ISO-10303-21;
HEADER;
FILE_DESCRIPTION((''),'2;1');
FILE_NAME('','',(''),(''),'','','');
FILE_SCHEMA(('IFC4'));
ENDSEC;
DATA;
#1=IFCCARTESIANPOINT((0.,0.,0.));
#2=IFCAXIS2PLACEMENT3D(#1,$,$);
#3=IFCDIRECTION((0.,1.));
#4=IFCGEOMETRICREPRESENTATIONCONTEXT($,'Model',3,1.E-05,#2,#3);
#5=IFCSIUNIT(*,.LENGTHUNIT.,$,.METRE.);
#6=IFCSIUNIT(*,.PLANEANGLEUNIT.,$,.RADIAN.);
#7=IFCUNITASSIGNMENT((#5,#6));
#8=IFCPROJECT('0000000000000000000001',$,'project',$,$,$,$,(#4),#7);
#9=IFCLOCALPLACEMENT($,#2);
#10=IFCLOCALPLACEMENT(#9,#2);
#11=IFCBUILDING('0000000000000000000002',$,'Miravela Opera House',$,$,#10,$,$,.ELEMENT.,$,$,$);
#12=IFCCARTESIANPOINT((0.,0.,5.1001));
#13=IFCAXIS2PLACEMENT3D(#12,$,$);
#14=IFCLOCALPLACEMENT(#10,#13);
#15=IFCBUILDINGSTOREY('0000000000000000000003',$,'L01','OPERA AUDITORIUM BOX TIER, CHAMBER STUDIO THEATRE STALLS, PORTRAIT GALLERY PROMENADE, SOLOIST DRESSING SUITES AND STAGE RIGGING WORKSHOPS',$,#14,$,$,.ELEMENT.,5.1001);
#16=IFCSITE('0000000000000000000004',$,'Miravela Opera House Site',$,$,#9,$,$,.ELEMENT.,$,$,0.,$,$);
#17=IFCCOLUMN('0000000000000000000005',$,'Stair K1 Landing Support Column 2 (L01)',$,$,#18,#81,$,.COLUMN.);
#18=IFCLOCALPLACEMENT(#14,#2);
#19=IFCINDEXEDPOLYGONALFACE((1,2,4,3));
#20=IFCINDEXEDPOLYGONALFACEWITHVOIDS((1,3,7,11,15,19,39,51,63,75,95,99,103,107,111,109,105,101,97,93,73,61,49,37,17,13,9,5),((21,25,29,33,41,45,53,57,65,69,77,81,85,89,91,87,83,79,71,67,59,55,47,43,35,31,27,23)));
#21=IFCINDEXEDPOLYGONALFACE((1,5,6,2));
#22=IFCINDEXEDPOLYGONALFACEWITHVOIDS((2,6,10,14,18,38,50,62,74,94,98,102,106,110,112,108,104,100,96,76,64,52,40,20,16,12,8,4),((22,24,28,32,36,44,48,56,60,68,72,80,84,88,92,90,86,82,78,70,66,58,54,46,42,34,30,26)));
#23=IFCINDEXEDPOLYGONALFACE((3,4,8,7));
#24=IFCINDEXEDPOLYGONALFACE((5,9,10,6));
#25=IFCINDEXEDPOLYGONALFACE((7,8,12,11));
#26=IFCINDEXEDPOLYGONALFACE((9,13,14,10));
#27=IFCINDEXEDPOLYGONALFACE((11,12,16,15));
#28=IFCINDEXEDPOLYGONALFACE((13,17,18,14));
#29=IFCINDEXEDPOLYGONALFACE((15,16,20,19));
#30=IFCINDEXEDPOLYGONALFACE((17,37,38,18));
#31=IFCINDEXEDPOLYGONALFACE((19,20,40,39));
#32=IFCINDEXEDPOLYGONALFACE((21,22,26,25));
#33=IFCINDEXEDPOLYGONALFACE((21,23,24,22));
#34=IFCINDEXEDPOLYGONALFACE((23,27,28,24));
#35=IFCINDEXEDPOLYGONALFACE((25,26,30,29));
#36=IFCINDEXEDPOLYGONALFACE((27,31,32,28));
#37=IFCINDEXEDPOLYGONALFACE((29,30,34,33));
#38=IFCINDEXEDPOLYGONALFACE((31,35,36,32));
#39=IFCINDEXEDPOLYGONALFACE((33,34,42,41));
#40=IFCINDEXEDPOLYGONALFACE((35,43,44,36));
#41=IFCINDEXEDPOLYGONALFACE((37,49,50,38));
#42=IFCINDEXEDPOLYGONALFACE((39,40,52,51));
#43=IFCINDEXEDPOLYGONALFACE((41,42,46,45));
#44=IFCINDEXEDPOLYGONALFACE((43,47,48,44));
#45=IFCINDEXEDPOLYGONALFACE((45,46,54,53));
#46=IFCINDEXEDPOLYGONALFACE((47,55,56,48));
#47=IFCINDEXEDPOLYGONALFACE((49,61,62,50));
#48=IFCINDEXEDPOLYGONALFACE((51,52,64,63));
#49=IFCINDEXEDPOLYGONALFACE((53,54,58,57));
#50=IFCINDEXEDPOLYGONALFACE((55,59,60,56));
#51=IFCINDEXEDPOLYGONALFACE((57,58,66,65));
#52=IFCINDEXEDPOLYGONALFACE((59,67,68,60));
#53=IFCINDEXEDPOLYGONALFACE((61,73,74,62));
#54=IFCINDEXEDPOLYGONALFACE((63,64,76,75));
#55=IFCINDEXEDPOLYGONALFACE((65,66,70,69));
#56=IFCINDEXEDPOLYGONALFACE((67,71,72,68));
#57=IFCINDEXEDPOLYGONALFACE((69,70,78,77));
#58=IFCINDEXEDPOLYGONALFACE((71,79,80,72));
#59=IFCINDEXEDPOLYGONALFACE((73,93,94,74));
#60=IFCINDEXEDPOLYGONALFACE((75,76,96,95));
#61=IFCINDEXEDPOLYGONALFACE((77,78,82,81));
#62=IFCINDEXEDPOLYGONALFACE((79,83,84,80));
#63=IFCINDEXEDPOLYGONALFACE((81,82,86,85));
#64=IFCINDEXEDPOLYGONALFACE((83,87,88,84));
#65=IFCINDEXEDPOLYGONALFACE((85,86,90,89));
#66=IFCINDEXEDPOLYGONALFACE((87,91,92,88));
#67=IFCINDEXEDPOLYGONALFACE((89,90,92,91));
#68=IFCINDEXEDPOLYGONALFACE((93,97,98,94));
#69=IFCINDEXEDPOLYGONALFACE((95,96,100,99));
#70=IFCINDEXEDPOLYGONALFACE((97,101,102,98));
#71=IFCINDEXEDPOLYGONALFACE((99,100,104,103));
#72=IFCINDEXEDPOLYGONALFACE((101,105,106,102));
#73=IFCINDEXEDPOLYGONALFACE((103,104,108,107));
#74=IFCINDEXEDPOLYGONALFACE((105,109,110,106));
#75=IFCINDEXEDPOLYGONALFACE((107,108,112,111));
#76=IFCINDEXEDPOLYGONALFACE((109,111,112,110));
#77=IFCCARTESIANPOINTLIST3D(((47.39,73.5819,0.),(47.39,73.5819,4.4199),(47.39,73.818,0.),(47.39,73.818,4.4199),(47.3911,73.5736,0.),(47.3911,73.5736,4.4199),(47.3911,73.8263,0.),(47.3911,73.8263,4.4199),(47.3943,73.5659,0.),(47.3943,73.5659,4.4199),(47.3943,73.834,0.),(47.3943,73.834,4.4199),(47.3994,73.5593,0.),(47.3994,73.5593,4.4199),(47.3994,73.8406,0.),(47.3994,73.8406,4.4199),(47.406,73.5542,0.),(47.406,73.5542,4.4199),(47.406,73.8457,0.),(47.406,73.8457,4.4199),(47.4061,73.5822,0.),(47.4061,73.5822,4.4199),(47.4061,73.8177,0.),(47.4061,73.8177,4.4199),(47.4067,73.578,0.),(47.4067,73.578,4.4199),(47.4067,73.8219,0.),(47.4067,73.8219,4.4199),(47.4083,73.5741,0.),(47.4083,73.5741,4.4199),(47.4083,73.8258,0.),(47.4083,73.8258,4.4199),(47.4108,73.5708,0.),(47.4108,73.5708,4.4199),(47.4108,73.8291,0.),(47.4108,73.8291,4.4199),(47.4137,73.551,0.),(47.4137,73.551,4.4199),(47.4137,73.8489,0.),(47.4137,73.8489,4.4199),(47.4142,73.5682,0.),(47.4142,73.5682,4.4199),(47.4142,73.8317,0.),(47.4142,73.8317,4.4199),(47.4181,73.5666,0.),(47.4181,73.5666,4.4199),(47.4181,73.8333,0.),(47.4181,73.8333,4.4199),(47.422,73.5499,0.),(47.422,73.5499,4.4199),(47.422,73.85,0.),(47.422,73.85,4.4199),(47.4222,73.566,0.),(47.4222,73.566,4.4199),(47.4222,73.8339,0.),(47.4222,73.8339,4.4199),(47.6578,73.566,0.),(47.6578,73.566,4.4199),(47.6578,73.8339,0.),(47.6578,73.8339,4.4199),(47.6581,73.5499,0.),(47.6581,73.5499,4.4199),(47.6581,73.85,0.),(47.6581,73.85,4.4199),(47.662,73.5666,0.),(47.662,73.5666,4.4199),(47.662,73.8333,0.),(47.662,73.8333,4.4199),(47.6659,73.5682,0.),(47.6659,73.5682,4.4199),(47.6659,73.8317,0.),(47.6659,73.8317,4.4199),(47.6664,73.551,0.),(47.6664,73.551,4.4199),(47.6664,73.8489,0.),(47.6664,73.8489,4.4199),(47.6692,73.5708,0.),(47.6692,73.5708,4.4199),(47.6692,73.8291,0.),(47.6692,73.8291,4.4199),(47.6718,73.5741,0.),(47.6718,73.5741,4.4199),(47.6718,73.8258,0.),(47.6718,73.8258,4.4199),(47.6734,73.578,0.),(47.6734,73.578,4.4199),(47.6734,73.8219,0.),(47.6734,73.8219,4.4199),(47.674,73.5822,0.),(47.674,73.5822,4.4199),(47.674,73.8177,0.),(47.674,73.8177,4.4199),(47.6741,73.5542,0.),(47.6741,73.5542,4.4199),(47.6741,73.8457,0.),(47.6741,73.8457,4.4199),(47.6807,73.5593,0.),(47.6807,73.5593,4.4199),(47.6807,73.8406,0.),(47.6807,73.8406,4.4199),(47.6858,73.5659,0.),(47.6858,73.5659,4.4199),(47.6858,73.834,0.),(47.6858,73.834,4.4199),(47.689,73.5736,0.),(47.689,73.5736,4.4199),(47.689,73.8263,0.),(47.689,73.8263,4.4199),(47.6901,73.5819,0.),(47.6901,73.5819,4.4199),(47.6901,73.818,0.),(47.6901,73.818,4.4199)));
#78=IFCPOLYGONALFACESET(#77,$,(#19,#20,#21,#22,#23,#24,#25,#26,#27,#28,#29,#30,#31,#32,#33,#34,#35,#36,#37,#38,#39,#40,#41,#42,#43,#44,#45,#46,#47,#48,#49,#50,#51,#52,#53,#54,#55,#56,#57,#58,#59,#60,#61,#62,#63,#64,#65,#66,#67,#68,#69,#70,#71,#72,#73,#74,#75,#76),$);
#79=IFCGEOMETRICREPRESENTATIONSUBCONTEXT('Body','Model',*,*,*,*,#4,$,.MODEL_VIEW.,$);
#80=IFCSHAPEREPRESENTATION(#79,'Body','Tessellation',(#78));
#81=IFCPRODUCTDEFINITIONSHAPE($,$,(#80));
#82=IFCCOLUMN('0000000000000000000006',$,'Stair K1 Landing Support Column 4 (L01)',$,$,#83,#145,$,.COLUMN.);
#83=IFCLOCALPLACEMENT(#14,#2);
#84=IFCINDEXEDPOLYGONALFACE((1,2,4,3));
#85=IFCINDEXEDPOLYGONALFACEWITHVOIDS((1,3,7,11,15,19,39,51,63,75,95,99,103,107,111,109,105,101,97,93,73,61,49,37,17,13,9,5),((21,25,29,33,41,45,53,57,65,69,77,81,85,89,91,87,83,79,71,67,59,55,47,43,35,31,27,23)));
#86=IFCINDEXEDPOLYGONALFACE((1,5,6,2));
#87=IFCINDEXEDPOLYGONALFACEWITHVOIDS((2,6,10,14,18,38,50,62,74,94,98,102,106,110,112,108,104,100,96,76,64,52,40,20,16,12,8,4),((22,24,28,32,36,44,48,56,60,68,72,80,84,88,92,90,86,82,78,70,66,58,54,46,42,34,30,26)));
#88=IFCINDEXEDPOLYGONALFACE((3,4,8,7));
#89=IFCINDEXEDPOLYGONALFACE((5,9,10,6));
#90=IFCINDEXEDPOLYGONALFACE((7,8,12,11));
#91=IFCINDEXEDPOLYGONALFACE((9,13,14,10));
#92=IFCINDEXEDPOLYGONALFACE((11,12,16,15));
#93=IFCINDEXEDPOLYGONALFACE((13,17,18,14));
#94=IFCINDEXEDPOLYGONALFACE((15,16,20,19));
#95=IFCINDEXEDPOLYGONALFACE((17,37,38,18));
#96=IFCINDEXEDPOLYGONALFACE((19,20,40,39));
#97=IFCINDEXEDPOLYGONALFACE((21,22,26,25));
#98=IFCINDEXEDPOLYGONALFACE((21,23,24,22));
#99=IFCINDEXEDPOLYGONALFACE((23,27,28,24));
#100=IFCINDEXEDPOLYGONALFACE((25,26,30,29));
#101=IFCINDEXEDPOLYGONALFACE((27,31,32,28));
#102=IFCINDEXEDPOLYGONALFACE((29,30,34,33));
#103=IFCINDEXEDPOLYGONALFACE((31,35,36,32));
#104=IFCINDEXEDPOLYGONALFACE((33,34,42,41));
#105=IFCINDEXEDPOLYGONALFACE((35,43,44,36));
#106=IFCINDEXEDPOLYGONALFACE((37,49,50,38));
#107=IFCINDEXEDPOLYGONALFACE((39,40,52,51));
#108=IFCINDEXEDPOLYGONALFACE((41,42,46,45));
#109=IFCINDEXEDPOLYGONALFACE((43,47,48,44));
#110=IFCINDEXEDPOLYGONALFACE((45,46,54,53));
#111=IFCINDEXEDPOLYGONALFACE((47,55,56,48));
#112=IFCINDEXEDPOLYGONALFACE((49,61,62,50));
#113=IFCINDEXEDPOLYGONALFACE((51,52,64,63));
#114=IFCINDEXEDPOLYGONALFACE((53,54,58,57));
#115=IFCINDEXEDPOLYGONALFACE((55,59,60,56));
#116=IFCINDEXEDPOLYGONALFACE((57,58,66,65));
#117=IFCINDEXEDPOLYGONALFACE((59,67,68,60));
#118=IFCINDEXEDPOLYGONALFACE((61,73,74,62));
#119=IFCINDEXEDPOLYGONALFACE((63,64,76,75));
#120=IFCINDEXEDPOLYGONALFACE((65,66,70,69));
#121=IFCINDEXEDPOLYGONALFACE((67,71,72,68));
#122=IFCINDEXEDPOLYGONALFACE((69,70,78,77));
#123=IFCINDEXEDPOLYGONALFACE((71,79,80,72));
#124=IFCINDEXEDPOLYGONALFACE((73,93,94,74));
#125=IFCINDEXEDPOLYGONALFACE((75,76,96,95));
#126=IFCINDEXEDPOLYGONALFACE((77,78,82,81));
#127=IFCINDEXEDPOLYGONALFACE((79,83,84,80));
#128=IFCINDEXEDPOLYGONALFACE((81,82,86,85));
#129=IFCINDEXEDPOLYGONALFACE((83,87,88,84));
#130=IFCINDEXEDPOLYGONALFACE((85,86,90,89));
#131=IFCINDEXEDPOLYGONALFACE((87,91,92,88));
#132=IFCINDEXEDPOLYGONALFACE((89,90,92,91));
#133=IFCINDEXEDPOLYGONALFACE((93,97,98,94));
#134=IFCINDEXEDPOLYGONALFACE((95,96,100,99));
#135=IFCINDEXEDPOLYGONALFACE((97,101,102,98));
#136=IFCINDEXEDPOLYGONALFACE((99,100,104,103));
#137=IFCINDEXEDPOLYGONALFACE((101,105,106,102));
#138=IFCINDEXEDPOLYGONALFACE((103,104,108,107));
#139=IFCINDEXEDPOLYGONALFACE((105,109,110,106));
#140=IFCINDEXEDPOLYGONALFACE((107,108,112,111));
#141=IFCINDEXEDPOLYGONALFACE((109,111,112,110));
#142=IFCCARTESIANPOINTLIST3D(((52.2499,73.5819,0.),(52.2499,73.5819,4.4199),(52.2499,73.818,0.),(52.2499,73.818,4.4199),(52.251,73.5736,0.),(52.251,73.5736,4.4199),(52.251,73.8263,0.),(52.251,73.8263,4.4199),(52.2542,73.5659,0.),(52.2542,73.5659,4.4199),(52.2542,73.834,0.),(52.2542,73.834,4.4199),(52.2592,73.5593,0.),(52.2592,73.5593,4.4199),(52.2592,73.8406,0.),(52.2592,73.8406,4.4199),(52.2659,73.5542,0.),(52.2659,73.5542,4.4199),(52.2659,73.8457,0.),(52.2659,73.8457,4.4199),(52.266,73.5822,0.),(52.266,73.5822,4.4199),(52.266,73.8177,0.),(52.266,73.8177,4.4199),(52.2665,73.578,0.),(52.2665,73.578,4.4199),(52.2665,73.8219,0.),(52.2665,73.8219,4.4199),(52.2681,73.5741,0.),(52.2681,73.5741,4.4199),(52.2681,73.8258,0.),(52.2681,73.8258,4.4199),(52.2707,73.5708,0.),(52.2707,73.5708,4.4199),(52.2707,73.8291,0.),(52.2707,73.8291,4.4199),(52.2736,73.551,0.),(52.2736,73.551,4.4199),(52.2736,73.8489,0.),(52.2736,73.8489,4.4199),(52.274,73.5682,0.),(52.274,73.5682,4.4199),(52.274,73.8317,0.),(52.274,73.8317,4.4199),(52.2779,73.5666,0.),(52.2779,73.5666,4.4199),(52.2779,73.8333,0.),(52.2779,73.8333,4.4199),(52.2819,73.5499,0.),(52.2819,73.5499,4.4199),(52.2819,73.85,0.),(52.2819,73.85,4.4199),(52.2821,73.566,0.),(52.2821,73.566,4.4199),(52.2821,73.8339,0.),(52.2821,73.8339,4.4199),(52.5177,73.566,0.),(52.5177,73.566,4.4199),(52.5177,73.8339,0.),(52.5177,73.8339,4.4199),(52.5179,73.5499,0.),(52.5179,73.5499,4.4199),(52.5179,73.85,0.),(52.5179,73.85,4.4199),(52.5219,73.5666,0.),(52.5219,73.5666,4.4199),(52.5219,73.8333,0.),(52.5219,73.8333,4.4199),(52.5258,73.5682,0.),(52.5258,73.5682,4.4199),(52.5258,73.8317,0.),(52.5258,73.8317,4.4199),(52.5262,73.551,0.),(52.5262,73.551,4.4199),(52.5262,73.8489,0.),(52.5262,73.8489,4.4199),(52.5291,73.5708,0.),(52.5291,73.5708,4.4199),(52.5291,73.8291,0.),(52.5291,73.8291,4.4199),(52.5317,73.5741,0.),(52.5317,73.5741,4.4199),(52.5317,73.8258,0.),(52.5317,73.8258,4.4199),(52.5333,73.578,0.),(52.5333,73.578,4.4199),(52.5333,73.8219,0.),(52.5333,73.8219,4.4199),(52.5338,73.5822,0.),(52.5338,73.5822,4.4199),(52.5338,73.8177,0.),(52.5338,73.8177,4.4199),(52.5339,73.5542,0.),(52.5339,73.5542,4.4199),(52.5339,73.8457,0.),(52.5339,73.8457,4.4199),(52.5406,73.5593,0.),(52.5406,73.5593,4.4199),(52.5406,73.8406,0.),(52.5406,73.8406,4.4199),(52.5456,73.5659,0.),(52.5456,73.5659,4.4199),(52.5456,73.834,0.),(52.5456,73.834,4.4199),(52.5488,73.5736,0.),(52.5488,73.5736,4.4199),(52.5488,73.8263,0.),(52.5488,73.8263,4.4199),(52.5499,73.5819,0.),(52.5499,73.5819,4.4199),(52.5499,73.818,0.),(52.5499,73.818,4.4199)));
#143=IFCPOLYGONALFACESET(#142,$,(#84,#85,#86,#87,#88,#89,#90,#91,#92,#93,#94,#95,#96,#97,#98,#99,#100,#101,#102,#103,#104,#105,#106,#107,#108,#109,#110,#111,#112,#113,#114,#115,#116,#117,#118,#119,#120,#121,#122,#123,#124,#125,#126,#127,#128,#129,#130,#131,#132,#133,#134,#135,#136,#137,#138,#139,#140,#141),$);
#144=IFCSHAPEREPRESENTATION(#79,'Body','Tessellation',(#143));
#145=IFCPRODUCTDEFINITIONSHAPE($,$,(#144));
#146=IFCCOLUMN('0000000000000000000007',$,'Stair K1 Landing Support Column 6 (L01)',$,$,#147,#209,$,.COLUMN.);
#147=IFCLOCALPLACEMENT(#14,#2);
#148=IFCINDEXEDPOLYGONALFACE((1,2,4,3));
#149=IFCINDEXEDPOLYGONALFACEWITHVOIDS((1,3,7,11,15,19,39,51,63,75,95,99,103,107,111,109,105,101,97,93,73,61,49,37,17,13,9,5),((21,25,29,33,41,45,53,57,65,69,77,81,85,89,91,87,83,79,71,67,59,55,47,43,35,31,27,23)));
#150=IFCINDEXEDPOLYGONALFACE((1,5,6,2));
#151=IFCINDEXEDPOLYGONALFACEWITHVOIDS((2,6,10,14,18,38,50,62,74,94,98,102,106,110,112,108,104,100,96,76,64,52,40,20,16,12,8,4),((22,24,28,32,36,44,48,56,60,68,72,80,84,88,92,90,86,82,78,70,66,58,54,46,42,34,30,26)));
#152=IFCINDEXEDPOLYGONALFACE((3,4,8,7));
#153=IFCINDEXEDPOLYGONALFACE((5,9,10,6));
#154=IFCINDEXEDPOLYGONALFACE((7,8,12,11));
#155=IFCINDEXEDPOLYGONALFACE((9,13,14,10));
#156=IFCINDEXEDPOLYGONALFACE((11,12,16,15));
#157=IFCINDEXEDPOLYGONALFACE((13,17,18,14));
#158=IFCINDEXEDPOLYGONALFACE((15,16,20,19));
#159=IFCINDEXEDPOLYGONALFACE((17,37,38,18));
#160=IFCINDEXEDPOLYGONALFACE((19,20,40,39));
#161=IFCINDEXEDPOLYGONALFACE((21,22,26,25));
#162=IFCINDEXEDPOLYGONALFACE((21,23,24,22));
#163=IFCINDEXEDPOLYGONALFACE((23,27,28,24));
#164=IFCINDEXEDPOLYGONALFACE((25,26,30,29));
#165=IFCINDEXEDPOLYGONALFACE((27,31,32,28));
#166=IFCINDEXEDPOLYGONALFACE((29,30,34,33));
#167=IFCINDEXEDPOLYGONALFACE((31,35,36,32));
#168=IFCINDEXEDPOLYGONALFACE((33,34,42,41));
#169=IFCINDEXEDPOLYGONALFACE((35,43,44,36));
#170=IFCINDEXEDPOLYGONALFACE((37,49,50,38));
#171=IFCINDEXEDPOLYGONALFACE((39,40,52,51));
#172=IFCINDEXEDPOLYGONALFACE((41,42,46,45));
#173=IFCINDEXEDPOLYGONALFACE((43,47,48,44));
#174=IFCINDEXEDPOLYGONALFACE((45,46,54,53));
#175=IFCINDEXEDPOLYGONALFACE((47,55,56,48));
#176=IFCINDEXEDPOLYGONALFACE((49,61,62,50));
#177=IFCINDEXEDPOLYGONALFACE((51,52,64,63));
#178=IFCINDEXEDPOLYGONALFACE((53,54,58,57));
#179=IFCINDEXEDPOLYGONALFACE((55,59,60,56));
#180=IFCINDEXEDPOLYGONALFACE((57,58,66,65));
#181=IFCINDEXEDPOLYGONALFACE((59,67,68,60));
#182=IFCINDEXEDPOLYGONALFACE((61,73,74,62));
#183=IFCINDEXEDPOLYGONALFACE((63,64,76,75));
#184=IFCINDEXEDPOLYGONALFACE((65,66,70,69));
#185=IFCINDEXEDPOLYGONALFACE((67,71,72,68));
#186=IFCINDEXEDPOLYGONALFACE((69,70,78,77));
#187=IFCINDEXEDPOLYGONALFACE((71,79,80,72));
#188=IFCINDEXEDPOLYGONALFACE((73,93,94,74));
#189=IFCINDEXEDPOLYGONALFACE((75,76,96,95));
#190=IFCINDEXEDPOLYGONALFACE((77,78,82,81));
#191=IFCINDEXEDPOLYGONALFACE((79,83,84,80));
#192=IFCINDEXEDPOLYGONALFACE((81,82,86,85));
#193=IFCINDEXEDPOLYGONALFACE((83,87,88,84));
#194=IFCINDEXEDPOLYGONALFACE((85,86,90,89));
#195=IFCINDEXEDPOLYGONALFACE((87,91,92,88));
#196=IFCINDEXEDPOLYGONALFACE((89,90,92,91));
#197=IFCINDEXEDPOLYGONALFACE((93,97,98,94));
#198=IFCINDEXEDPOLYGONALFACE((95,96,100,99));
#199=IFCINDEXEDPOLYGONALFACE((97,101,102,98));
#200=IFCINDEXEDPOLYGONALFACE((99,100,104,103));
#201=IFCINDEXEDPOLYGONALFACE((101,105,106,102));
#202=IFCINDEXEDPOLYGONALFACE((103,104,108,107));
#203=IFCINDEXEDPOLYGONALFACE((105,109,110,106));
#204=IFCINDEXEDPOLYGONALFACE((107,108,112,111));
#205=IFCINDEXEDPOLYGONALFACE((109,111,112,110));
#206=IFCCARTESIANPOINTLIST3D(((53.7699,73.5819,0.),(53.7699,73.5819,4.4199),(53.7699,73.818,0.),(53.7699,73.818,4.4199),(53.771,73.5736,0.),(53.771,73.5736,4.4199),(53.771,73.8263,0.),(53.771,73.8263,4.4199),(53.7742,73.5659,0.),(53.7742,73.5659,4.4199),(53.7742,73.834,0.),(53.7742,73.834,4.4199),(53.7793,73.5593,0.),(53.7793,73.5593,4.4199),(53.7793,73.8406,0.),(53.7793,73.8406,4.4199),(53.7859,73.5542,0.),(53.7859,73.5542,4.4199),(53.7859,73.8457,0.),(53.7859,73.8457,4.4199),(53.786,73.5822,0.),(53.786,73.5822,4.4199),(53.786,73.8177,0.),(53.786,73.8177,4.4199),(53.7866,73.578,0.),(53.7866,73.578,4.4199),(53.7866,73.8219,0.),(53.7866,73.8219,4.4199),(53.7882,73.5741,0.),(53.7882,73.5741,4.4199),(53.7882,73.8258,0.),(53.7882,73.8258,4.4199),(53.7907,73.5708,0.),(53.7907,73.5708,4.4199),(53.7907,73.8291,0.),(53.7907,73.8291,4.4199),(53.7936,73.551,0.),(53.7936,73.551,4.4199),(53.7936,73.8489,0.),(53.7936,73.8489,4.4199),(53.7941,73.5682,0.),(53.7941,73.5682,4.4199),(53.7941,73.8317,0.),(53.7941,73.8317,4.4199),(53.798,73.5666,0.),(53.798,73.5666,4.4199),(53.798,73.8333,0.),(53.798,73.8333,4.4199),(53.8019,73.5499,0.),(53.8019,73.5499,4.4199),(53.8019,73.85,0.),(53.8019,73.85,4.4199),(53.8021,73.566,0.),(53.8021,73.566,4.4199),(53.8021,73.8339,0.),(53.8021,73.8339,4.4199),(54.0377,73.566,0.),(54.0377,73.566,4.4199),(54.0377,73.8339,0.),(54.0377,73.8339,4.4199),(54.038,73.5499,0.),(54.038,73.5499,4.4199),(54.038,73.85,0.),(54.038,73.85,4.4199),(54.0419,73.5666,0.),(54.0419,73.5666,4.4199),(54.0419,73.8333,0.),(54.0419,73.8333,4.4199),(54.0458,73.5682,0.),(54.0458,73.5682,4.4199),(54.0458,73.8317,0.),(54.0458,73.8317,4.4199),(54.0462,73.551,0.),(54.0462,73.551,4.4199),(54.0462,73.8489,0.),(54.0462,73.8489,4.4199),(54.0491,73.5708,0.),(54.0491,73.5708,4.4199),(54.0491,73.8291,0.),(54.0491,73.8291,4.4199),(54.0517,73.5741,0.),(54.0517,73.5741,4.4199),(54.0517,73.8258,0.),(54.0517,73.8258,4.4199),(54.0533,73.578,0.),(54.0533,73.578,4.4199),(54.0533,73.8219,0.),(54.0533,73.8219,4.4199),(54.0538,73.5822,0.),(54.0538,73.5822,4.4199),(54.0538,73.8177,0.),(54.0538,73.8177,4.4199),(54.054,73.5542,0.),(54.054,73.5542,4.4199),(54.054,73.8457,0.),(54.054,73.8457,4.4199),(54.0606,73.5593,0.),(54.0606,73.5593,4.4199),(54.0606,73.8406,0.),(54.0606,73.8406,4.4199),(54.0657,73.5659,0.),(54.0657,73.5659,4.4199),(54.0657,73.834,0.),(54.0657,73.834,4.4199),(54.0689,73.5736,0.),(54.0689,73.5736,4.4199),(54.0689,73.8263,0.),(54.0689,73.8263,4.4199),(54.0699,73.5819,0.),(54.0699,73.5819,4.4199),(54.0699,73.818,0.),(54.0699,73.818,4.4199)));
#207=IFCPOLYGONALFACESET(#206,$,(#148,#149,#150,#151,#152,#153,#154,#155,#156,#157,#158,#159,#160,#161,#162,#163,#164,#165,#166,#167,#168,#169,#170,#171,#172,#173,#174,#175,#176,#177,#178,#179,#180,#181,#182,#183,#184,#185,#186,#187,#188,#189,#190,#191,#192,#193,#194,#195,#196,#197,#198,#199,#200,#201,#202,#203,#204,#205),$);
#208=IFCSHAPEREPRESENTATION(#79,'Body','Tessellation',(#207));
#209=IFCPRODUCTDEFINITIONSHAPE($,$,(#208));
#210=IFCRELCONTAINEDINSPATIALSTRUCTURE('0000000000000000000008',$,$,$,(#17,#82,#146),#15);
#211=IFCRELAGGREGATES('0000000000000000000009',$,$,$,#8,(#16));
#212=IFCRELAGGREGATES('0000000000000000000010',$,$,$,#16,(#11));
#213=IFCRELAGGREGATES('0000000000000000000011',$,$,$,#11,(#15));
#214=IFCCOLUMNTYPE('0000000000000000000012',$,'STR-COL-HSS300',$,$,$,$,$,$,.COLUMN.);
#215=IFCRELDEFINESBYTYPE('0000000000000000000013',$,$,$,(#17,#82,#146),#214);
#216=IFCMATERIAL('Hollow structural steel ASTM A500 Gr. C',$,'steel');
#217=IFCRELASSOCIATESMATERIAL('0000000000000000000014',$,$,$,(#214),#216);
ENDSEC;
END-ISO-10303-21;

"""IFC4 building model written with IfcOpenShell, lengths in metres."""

from ifc_helpers import new_model, si_unit, direction, frame, origin, origin_2d, place, context, subcontext, project, spatial, hollow_rectangle, extrude, material, material_profile, profile_set, type_object, element, save


model = new_model("IFC4")

# Units and contexts
model_context = context("Model", 3, precision=1e-05, world=origin(), true_north=direction((0.0, 1.0)))
body_context = subcontext(model_context, "Body", "Model", "MODEL_VIEW")
ifc_project = project(units=[si_unit("LENGTHUNIT", "METRE"), si_unit("PLANEANGLEUNIT", "RADIAN")], contexts=[model_context])

# Site, building, storey
site_placement = place(None, origin())
site = spatial("IfcSite", under=ifc_project, at=site_placement, Name="Miravela Opera House Site", CompositionType="ELEMENT", RefElevation=0.0)
building_placement = place(site_placement, origin())
building = spatial("IfcBuilding", under=site, at=building_placement, Name="Miravela Opera House", CompositionType="ELEMENT")
storey_placement = place(building_placement, frame((0.0, 0.0, 5.1001)))
storey = spatial("IfcBuildingStorey", under=building, at=storey_placement, Name="L01", Description="OPERA AUDITORIUM BOX TIER, CHAMBER STUDIO THEATRE STALLS, PORTRAIT GALLERY PROMENADE, SOLOIST DRESSING SUITES AND STAGE RIGGING WORKSHOPS", CompositionType="ELEMENT", Elevation=5.1001)

# Columns
ifc_material_1 = material(Name="Hollow structural steel ASTM A500 Gr. C", Category="steel")
ifc_material_profile_1 = material_profile(ifc_material_1, hollow_rectangle(XDim=0.3, YDim=0.3, WallThickness=0.0161, InnerFilletRadius=0.0161, OuterFilletRadius=0.032, at=origin_2d()), Name="HSS300X300X16")
ifc_profile_set_1 = profile_set([ifc_material_profile_1])
column_type_1 = type_object("IfcColumnType", Name="STR-COL-HSS300", PredefinedType="COLUMN", material=ifc_profile_set_1)
for number, where, z_axis, x_axis, name in (
    (1, (47.54, 73.7, 0.0), (0.0, 0.0, 1.0), (1.0, 0.0, 0.0), "Stair K1 Landing Support Column 2 (L01)"),
    (2, (52.3999, 73.7, 0.0), (0.0, 0.0, 1.0), (1.0, 0.0, 0.0), "Stair K1 Landing Support Column 4 (L01)"),
    (3, (53.9199, 73.7, 0.0), (0.0, 0.0, 1.0), (1.0, 0.0, 0.0), "Stair K1 Landing Support Column 6 (L01)"),
):
    element("IfcColumn", number, at=place(storey_placement, frame(where, z_axis=z_axis, x_axis=x_axis)), inside=storey, type_object=column_type_1, Name=name, PredefinedType="COLUMN", context=body_context, shape_type="SweptSolid", body=[
        extrude(hollow_rectangle(XDim=0.3, YDim=0.3, WallThickness=0.0161, InnerFilletRadius=0.0161, OuterFilletRadius=0.032, at=origin_2d()), origin(), (0.0, 0.0, 1.0), 4.4199),
    ])

save(model, "model.ifc")
